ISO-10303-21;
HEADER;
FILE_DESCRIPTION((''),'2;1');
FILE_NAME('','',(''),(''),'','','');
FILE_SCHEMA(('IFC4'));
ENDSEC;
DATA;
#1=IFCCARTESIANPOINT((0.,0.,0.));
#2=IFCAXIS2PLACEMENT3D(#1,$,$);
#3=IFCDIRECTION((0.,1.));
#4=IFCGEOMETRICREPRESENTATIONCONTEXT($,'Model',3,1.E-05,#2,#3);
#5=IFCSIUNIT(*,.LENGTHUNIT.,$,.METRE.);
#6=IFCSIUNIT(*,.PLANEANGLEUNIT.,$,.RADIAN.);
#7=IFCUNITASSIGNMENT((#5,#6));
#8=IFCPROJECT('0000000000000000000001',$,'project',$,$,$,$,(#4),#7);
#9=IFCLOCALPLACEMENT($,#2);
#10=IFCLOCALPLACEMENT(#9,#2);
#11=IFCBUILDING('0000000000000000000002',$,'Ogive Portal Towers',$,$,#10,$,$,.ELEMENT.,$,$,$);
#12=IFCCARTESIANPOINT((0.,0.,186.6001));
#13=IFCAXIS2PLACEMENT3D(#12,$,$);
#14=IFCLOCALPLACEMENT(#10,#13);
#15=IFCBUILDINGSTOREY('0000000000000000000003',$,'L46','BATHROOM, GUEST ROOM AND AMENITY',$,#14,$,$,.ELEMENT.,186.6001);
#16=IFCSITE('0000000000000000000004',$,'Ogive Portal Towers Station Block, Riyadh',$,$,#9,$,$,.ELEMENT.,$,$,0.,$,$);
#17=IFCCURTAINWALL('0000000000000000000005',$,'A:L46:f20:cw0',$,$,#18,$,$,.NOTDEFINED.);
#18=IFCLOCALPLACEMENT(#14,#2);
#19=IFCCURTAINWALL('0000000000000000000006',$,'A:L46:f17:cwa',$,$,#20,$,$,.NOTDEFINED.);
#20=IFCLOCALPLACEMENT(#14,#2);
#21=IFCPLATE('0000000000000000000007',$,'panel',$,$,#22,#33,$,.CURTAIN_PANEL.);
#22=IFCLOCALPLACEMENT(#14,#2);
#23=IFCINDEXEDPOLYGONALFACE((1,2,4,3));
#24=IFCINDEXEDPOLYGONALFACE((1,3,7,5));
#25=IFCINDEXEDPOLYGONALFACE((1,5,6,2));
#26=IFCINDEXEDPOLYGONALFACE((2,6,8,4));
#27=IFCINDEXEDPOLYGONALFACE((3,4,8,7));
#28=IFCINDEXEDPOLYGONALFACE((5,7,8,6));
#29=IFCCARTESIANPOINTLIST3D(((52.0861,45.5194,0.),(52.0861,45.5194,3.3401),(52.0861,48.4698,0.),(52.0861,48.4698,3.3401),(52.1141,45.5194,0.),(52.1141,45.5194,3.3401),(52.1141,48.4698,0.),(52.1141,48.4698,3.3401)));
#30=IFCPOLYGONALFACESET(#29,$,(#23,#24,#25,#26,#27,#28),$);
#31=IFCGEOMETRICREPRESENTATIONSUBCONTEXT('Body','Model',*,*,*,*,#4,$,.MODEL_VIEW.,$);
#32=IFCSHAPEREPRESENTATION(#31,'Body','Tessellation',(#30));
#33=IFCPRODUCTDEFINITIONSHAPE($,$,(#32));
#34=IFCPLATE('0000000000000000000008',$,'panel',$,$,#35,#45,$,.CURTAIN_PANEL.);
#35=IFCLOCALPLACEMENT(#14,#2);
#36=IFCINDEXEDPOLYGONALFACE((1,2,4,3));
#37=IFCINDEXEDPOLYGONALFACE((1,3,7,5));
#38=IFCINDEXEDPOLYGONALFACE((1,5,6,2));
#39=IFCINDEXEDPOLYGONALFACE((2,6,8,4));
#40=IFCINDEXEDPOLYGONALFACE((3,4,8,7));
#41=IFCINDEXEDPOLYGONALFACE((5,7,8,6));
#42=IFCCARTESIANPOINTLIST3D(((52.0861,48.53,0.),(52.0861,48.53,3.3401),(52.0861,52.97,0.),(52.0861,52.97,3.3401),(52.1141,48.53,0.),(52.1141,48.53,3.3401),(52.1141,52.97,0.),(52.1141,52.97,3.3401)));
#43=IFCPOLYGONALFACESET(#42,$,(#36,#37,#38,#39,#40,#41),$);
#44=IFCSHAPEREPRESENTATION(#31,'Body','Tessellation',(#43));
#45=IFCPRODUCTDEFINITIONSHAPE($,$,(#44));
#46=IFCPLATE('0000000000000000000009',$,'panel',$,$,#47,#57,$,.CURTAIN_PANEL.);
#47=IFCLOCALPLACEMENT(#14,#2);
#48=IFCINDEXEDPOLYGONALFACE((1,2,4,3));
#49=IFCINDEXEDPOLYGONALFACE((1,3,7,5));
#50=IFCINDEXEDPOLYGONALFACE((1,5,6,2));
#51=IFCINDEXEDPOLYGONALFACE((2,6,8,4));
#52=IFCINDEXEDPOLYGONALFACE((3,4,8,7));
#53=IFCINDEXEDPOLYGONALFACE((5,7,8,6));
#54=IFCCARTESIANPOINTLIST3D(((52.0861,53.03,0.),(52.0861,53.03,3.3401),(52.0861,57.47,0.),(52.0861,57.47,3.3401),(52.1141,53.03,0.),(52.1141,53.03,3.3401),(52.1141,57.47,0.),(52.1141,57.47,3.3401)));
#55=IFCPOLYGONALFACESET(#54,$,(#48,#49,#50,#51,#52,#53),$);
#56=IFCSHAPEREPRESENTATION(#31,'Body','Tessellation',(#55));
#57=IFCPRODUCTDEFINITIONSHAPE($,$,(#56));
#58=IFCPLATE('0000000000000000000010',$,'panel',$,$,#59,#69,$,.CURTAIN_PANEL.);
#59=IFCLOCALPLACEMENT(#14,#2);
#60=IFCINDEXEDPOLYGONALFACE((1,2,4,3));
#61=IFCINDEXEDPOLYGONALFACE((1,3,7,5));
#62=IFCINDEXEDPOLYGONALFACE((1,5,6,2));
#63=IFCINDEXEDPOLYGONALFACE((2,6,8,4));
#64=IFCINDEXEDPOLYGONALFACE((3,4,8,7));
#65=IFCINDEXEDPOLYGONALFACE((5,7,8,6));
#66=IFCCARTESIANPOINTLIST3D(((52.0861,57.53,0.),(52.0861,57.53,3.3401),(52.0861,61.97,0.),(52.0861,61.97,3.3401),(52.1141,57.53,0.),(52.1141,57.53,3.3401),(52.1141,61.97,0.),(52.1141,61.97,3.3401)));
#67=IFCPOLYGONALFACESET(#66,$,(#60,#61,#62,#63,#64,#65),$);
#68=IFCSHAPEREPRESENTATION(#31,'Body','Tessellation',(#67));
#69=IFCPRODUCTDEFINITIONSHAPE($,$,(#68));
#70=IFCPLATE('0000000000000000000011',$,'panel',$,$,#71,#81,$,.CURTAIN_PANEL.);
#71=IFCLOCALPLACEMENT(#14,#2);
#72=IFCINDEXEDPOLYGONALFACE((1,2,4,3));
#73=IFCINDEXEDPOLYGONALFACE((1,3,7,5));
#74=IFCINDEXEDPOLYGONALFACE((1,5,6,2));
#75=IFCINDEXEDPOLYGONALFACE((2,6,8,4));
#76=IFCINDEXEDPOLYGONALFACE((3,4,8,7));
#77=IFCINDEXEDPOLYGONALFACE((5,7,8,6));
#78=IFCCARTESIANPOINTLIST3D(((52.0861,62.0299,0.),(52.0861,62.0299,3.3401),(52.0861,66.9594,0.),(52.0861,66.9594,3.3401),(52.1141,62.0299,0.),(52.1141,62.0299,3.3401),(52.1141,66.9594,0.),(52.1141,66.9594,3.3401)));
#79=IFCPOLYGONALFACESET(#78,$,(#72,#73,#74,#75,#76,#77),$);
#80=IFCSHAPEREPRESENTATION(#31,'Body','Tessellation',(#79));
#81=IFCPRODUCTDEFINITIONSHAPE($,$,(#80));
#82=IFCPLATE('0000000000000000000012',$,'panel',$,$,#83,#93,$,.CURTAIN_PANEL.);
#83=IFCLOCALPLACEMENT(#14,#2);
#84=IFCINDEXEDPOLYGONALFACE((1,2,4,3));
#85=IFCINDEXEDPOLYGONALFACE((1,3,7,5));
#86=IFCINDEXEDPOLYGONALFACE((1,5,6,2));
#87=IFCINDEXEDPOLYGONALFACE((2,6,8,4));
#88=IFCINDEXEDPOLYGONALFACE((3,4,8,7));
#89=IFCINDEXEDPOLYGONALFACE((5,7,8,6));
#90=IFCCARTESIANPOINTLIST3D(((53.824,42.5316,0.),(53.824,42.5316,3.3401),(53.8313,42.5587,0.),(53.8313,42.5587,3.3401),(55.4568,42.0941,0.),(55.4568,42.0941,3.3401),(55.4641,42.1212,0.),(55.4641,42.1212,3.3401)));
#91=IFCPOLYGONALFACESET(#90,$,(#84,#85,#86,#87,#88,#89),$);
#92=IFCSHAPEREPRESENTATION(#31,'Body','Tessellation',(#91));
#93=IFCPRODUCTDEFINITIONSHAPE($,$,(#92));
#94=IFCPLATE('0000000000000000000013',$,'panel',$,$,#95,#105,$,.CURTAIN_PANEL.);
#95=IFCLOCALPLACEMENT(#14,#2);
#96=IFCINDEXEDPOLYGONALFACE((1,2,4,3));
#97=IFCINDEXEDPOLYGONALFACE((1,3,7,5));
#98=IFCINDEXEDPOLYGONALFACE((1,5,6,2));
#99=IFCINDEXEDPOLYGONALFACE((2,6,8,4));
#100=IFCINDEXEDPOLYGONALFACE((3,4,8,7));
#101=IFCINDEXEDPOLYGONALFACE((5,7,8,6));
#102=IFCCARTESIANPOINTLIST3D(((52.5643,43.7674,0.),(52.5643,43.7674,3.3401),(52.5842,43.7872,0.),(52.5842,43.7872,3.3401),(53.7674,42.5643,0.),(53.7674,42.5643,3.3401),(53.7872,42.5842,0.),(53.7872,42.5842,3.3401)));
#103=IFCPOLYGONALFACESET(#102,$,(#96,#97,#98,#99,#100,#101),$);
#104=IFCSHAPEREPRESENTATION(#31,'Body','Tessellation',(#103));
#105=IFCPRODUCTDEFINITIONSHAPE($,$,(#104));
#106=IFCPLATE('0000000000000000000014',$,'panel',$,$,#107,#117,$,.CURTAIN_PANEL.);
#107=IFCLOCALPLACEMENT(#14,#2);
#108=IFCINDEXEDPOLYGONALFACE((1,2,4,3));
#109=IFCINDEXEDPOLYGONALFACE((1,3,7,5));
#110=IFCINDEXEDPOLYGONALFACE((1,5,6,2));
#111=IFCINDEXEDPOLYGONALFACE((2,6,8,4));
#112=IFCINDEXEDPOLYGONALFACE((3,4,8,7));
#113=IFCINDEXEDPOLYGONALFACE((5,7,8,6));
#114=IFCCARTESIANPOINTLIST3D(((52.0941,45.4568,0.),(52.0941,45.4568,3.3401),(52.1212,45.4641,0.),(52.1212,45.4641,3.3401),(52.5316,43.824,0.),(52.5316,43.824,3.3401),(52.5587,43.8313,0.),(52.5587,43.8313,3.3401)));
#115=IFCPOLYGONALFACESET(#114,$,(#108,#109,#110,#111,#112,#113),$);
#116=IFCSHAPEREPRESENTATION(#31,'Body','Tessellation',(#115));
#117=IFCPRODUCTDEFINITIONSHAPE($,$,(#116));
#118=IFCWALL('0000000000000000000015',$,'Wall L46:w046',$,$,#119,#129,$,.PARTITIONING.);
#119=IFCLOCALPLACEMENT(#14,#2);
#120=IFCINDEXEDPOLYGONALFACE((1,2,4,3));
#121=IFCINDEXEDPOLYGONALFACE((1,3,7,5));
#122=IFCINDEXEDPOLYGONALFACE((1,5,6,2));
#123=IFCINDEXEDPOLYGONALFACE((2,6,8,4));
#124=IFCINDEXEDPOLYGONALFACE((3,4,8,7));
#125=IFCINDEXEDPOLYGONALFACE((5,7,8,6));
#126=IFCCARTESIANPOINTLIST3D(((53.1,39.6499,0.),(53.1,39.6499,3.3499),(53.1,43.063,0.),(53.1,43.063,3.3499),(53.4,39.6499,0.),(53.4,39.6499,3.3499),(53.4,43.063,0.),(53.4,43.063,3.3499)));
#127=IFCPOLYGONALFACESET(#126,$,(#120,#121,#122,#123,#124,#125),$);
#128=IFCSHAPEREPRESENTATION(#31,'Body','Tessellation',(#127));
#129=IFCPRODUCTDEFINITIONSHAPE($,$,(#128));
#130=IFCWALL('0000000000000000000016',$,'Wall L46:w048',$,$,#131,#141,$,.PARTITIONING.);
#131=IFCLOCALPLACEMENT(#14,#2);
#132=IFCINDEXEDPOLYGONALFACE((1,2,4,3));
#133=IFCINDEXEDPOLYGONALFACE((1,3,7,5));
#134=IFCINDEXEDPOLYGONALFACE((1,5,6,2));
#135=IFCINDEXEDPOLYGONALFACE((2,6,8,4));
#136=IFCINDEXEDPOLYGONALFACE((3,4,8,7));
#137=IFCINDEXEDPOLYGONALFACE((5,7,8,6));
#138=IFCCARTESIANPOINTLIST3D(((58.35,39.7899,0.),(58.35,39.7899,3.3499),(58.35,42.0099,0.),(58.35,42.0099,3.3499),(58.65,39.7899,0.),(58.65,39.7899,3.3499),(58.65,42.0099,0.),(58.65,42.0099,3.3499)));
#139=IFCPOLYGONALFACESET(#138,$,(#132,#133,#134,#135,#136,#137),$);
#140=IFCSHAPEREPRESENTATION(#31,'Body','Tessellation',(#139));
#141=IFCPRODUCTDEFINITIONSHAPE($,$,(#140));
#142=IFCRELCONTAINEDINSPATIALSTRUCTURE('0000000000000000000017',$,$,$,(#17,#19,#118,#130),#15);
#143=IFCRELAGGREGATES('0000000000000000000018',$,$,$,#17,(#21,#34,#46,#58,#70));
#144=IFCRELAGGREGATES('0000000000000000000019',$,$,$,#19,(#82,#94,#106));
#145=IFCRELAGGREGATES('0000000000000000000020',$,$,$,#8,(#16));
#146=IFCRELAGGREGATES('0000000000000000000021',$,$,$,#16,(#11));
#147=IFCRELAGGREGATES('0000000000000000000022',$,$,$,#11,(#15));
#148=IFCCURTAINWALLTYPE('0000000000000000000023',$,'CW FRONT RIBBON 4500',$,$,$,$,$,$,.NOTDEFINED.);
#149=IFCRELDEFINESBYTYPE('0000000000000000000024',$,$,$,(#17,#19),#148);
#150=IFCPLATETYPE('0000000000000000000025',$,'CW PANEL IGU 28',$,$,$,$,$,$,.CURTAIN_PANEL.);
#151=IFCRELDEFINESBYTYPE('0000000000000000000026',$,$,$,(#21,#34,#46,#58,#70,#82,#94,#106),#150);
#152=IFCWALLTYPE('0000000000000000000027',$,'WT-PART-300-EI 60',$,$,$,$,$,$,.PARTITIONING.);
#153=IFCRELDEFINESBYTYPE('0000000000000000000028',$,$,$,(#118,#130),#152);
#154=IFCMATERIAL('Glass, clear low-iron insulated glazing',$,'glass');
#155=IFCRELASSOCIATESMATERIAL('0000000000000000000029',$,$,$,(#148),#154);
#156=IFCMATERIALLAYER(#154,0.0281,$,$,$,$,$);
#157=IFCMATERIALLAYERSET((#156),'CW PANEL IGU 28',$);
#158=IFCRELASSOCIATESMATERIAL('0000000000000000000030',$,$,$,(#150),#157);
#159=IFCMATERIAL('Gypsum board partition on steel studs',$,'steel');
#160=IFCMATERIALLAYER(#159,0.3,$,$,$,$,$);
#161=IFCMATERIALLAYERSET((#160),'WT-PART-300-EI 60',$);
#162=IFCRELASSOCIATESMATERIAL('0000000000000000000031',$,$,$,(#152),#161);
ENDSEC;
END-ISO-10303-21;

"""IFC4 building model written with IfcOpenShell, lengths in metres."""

from ifc_helpers import new_model, si_unit, direction, frame, frame_2d, origin, origin_2d, place, context, subcontext, project, spatial, rectangle, extrude, material, layer, layer_set, type_object, element, aggregate, save


model = new_model("IFC4")

# Units and contexts
model_context = context("Model", 3, precision=1e-05, world=origin(), true_north=direction((0.0, 1.0)))
body_context = subcontext(model_context, "Body", "Model", "MODEL_VIEW")
ifc_project = project(units=[si_unit("LENGTHUNIT", "METRE"), si_unit("PLANEANGLEUNIT", "RADIAN")], contexts=[model_context])

# Site, building, storey
site_placement = place(None, origin())
site = spatial("IfcSite", under=ifc_project, at=site_placement, Name="Ogive Portal Towers Station Block, Riyadh", CompositionType="ELEMENT", RefElevation=0.0)
building_placement = place(site_placement, origin())
building = spatial("IfcBuilding", under=site, at=building_placement, Name="Ogive Portal Towers", CompositionType="ELEMENT")
storey_placement = place(building_placement, frame((0.0, 0.0, 186.6001)))
storey = spatial("IfcBuildingStorey", under=building, at=storey_placement, Name="L46", Description="BATHROOM, GUEST ROOM AND AMENITY", CompositionType="ELEMENT", Elevation=186.6001)

# Shared definitions
ifc_material_1 = material(Name="Glass, clear low-iron insulated glazing", Category="glass")
curtain_wall_type = type_object("IfcCurtainWallType", Name="CW FRONT RIBBON 4500", PredefinedType="NOTDEFINED", material=ifc_material_1)

# Curtain walls
curtain_wall_1_placement = place(storey_placement, origin())
curtain_wall_1 = element("IfcCurtainWall", 1, at=curtain_wall_1_placement, inside=storey, type_object=curtain_wall_type, Name="A:L46:f20:cw0", PredefinedType="NOTDEFINED")
curtain_wall_2_placement = place(storey_placement, origin())
curtain_wall_2 = element("IfcCurtainWall", 2, at=curtain_wall_2_placement, inside=storey, type_object=curtain_wall_type, Name="A:L46:f17:cwa", PredefinedType="NOTDEFINED")

# Plates
ifc_layer_1 = layer(ifc_material_1, 0.0281)
ifc_layer_set_1 = layer_set([ifc_layer_1], Name="CW PANEL IGU 28")
plate_type = type_object("IfcPlateType", Name="CW PANEL IGU 28", PredefinedType="CURTAIN_PANEL", material=ifc_layer_set_1)
plate_1_placement = place(storey_placement, frame((52.1001, 46.9946, 0.0), z_axis=(0.0, 0.0, 1.0), x_axis=(0.0, 1.0, 0.0)))
plate_1 = element("IfcPlate", 3, at=plate_1_placement, type_object=plate_type, Name="panel", PredefinedType="CURTAIN_PANEL", context=body_context, shape_type="SweptSolid", body=[
    extrude(rectangle(XDim=2.9504, YDim=0.0281, at=origin_2d()), origin(), (0.0, 0.0, 1.0), 3.3401),
])
plate_2_placement = place(storey_placement, frame((52.1001, 50.75, 0.0), z_axis=(0.0, 0.0, 1.0), x_axis=(0.0, 1.0, 0.0)))
plate_2 = element("IfcPlate", 4, at=plate_2_placement, type_object=plate_type, Name="panel", PredefinedType="CURTAIN_PANEL", context=body_context, shape_type="SweptSolid", body=[
    extrude(rectangle(XDim=4.4399, YDim=0.0281, at=origin_2d()), origin(), (0.0, 0.0, 1.0), 3.3401),
])
plate_3_placement = place(storey_placement, frame((52.1001, 55.25, 0.0), z_axis=(0.0, 0.0, 1.0), x_axis=(0.0, 1.0, 0.0)))
plate_3 = element("IfcPlate", 5, at=plate_3_placement, type_object=plate_type, Name="panel", PredefinedType="CURTAIN_PANEL", context=body_context, shape_type="SweptSolid", body=[
    extrude(rectangle(XDim=4.4399, YDim=0.0281, at=origin_2d()), origin(), (0.0, 0.0, 1.0), 3.3401),
])
plate_4_placement = place(storey_placement, frame((52.1001, 59.75, 0.0), z_axis=(0.0, 0.0, 1.0), x_axis=(0.0, 1.0, 0.0)))
plate_4 = element("IfcPlate", 6, at=plate_4_placement, type_object=plate_type, Name="panel", PredefinedType="CURTAIN_PANEL", context=body_context, shape_type="SweptSolid", body=[
    extrude(rectangle(XDim=4.4399, YDim=0.0281, at=origin_2d()), origin(), (0.0, 0.0, 1.0), 3.3401),
])
plate_5_placement = place(storey_placement, frame((52.1001, 64.4946, 0.0), z_axis=(0.0, 0.0, 1.0), x_axis=(0.0, 1.0, 0.0)))
plate_5 = element("IfcPlate", 7, at=plate_5_placement, type_object=plate_type, Name="panel", PredefinedType="CURTAIN_PANEL", context=body_context, shape_type="SweptSolid", body=[
    extrude(rectangle(XDim=4.9294, YDim=0.0281, at=origin_2d()), origin(), (0.0, 0.0, 1.0), 3.3401),
])
aggregate(curtain_wall_1, [plate_1, plate_2, plate_3, plate_4, plate_5])
plate_6_placement = place(storey_placement, frame((54.644, 42.3264, 0.0), z_axis=(0.0, 0.0, 1.0), x_axis=(-0.965926, 0.258819, 0.0)))
plate_6 = element("IfcPlate", 8, at=plate_6_placement, type_object=plate_type, Name="panel", PredefinedType="CURTAIN_PANEL", context=body_context, shape_type="SweptSolid", body=[
    extrude(rectangle(XDim=1.6904, YDim=0.0281, at=origin_2d()), origin(), (0.0, 0.0, 1.0), 3.3401),
])
plate_7_placement = place(storey_placement, frame((53.1758, 43.1758, 0.0), z_axis=(0.0, 0.0, 1.0), x_axis=(-0.707107, 0.707107, 0.0)))
plate_7 = element("IfcPlate", 9, at=plate_7_placement, type_object=plate_type, Name="panel", PredefinedType="CURTAIN_PANEL", context=body_context, shape_type="SweptSolid", body=[
    extrude(rectangle(XDim=1.7014, YDim=0.0281, at=origin_2d()), origin(), (0.0, 0.0, 1.0), 3.3401),
])
plate_8_placement = place(storey_placement, frame((52.3264, 44.644, 0.0), z_axis=(0.0, 0.0, 1.0), x_axis=(-0.258819, 0.965926, 0.0)))
plate_8 = element("IfcPlate", 10, at=plate_8_placement, type_object=plate_type, Name="panel", PredefinedType="CURTAIN_PANEL", context=body_context, shape_type="SweptSolid", body=[
    extrude(rectangle(XDim=1.6904, YDim=0.0281, at=origin_2d()), origin(), (0.0, 0.0, 1.0), 3.3401),
])
aggregate(curtain_wall_2, [plate_6, plate_7, plate_8])

# Walls
ifc_material_2 = material(Name="Gypsum board partition on steel studs", Category="steel")
ifc_layer_2 = layer(ifc_material_2, 0.3)
ifc_layer_set_2 = layer_set([ifc_layer_2], Name="WT-PART-300-EI 60")
wall_type_1 = type_object("IfcWallType", Name="WT-PART-300-EI 60", PredefinedType="PARTITIONING", material=ifc_layer_set_2)
wall_1_placement = place(storey_placement, frame((53.25, 39.6499, 0.0), z_axis=(0.0, 0.0, 1.0), x_axis=(0.0, 1.0, 0.0)))
element("IfcWall", 11, at=wall_1_placement, inside=storey, type_object=wall_type_1, Name="Wall L46:w046", PredefinedType="PARTITIONING", context=body_context, shape_type="SweptSolid", body=[
    extrude(rectangle(XDim=3.4131, YDim=0.3, at=frame_2d((1.7065, 0.0))), origin(), (0.0, 0.0, 1.0), 3.3499),
])
wall_2_placement = place(storey_placement, frame((58.5, 39.79, 0.0), z_axis=(0.0, 0.0, 1.0), x_axis=(0.0, 1.0, 0.0)))
element("IfcWall", 12, at=wall_2_placement, inside=storey, type_object=wall_type_1, Name="Wall L46:w048", PredefinedType="PARTITIONING", context=body_context, shape_type="SweptSolid", body=[
    extrude(rectangle(XDim=2.22, YDim=0.3, at=frame_2d((1.1099, 0.0))), origin(), (0.0, 0.0, 1.0), 3.3499),
])

save(model, "model.ifc")
